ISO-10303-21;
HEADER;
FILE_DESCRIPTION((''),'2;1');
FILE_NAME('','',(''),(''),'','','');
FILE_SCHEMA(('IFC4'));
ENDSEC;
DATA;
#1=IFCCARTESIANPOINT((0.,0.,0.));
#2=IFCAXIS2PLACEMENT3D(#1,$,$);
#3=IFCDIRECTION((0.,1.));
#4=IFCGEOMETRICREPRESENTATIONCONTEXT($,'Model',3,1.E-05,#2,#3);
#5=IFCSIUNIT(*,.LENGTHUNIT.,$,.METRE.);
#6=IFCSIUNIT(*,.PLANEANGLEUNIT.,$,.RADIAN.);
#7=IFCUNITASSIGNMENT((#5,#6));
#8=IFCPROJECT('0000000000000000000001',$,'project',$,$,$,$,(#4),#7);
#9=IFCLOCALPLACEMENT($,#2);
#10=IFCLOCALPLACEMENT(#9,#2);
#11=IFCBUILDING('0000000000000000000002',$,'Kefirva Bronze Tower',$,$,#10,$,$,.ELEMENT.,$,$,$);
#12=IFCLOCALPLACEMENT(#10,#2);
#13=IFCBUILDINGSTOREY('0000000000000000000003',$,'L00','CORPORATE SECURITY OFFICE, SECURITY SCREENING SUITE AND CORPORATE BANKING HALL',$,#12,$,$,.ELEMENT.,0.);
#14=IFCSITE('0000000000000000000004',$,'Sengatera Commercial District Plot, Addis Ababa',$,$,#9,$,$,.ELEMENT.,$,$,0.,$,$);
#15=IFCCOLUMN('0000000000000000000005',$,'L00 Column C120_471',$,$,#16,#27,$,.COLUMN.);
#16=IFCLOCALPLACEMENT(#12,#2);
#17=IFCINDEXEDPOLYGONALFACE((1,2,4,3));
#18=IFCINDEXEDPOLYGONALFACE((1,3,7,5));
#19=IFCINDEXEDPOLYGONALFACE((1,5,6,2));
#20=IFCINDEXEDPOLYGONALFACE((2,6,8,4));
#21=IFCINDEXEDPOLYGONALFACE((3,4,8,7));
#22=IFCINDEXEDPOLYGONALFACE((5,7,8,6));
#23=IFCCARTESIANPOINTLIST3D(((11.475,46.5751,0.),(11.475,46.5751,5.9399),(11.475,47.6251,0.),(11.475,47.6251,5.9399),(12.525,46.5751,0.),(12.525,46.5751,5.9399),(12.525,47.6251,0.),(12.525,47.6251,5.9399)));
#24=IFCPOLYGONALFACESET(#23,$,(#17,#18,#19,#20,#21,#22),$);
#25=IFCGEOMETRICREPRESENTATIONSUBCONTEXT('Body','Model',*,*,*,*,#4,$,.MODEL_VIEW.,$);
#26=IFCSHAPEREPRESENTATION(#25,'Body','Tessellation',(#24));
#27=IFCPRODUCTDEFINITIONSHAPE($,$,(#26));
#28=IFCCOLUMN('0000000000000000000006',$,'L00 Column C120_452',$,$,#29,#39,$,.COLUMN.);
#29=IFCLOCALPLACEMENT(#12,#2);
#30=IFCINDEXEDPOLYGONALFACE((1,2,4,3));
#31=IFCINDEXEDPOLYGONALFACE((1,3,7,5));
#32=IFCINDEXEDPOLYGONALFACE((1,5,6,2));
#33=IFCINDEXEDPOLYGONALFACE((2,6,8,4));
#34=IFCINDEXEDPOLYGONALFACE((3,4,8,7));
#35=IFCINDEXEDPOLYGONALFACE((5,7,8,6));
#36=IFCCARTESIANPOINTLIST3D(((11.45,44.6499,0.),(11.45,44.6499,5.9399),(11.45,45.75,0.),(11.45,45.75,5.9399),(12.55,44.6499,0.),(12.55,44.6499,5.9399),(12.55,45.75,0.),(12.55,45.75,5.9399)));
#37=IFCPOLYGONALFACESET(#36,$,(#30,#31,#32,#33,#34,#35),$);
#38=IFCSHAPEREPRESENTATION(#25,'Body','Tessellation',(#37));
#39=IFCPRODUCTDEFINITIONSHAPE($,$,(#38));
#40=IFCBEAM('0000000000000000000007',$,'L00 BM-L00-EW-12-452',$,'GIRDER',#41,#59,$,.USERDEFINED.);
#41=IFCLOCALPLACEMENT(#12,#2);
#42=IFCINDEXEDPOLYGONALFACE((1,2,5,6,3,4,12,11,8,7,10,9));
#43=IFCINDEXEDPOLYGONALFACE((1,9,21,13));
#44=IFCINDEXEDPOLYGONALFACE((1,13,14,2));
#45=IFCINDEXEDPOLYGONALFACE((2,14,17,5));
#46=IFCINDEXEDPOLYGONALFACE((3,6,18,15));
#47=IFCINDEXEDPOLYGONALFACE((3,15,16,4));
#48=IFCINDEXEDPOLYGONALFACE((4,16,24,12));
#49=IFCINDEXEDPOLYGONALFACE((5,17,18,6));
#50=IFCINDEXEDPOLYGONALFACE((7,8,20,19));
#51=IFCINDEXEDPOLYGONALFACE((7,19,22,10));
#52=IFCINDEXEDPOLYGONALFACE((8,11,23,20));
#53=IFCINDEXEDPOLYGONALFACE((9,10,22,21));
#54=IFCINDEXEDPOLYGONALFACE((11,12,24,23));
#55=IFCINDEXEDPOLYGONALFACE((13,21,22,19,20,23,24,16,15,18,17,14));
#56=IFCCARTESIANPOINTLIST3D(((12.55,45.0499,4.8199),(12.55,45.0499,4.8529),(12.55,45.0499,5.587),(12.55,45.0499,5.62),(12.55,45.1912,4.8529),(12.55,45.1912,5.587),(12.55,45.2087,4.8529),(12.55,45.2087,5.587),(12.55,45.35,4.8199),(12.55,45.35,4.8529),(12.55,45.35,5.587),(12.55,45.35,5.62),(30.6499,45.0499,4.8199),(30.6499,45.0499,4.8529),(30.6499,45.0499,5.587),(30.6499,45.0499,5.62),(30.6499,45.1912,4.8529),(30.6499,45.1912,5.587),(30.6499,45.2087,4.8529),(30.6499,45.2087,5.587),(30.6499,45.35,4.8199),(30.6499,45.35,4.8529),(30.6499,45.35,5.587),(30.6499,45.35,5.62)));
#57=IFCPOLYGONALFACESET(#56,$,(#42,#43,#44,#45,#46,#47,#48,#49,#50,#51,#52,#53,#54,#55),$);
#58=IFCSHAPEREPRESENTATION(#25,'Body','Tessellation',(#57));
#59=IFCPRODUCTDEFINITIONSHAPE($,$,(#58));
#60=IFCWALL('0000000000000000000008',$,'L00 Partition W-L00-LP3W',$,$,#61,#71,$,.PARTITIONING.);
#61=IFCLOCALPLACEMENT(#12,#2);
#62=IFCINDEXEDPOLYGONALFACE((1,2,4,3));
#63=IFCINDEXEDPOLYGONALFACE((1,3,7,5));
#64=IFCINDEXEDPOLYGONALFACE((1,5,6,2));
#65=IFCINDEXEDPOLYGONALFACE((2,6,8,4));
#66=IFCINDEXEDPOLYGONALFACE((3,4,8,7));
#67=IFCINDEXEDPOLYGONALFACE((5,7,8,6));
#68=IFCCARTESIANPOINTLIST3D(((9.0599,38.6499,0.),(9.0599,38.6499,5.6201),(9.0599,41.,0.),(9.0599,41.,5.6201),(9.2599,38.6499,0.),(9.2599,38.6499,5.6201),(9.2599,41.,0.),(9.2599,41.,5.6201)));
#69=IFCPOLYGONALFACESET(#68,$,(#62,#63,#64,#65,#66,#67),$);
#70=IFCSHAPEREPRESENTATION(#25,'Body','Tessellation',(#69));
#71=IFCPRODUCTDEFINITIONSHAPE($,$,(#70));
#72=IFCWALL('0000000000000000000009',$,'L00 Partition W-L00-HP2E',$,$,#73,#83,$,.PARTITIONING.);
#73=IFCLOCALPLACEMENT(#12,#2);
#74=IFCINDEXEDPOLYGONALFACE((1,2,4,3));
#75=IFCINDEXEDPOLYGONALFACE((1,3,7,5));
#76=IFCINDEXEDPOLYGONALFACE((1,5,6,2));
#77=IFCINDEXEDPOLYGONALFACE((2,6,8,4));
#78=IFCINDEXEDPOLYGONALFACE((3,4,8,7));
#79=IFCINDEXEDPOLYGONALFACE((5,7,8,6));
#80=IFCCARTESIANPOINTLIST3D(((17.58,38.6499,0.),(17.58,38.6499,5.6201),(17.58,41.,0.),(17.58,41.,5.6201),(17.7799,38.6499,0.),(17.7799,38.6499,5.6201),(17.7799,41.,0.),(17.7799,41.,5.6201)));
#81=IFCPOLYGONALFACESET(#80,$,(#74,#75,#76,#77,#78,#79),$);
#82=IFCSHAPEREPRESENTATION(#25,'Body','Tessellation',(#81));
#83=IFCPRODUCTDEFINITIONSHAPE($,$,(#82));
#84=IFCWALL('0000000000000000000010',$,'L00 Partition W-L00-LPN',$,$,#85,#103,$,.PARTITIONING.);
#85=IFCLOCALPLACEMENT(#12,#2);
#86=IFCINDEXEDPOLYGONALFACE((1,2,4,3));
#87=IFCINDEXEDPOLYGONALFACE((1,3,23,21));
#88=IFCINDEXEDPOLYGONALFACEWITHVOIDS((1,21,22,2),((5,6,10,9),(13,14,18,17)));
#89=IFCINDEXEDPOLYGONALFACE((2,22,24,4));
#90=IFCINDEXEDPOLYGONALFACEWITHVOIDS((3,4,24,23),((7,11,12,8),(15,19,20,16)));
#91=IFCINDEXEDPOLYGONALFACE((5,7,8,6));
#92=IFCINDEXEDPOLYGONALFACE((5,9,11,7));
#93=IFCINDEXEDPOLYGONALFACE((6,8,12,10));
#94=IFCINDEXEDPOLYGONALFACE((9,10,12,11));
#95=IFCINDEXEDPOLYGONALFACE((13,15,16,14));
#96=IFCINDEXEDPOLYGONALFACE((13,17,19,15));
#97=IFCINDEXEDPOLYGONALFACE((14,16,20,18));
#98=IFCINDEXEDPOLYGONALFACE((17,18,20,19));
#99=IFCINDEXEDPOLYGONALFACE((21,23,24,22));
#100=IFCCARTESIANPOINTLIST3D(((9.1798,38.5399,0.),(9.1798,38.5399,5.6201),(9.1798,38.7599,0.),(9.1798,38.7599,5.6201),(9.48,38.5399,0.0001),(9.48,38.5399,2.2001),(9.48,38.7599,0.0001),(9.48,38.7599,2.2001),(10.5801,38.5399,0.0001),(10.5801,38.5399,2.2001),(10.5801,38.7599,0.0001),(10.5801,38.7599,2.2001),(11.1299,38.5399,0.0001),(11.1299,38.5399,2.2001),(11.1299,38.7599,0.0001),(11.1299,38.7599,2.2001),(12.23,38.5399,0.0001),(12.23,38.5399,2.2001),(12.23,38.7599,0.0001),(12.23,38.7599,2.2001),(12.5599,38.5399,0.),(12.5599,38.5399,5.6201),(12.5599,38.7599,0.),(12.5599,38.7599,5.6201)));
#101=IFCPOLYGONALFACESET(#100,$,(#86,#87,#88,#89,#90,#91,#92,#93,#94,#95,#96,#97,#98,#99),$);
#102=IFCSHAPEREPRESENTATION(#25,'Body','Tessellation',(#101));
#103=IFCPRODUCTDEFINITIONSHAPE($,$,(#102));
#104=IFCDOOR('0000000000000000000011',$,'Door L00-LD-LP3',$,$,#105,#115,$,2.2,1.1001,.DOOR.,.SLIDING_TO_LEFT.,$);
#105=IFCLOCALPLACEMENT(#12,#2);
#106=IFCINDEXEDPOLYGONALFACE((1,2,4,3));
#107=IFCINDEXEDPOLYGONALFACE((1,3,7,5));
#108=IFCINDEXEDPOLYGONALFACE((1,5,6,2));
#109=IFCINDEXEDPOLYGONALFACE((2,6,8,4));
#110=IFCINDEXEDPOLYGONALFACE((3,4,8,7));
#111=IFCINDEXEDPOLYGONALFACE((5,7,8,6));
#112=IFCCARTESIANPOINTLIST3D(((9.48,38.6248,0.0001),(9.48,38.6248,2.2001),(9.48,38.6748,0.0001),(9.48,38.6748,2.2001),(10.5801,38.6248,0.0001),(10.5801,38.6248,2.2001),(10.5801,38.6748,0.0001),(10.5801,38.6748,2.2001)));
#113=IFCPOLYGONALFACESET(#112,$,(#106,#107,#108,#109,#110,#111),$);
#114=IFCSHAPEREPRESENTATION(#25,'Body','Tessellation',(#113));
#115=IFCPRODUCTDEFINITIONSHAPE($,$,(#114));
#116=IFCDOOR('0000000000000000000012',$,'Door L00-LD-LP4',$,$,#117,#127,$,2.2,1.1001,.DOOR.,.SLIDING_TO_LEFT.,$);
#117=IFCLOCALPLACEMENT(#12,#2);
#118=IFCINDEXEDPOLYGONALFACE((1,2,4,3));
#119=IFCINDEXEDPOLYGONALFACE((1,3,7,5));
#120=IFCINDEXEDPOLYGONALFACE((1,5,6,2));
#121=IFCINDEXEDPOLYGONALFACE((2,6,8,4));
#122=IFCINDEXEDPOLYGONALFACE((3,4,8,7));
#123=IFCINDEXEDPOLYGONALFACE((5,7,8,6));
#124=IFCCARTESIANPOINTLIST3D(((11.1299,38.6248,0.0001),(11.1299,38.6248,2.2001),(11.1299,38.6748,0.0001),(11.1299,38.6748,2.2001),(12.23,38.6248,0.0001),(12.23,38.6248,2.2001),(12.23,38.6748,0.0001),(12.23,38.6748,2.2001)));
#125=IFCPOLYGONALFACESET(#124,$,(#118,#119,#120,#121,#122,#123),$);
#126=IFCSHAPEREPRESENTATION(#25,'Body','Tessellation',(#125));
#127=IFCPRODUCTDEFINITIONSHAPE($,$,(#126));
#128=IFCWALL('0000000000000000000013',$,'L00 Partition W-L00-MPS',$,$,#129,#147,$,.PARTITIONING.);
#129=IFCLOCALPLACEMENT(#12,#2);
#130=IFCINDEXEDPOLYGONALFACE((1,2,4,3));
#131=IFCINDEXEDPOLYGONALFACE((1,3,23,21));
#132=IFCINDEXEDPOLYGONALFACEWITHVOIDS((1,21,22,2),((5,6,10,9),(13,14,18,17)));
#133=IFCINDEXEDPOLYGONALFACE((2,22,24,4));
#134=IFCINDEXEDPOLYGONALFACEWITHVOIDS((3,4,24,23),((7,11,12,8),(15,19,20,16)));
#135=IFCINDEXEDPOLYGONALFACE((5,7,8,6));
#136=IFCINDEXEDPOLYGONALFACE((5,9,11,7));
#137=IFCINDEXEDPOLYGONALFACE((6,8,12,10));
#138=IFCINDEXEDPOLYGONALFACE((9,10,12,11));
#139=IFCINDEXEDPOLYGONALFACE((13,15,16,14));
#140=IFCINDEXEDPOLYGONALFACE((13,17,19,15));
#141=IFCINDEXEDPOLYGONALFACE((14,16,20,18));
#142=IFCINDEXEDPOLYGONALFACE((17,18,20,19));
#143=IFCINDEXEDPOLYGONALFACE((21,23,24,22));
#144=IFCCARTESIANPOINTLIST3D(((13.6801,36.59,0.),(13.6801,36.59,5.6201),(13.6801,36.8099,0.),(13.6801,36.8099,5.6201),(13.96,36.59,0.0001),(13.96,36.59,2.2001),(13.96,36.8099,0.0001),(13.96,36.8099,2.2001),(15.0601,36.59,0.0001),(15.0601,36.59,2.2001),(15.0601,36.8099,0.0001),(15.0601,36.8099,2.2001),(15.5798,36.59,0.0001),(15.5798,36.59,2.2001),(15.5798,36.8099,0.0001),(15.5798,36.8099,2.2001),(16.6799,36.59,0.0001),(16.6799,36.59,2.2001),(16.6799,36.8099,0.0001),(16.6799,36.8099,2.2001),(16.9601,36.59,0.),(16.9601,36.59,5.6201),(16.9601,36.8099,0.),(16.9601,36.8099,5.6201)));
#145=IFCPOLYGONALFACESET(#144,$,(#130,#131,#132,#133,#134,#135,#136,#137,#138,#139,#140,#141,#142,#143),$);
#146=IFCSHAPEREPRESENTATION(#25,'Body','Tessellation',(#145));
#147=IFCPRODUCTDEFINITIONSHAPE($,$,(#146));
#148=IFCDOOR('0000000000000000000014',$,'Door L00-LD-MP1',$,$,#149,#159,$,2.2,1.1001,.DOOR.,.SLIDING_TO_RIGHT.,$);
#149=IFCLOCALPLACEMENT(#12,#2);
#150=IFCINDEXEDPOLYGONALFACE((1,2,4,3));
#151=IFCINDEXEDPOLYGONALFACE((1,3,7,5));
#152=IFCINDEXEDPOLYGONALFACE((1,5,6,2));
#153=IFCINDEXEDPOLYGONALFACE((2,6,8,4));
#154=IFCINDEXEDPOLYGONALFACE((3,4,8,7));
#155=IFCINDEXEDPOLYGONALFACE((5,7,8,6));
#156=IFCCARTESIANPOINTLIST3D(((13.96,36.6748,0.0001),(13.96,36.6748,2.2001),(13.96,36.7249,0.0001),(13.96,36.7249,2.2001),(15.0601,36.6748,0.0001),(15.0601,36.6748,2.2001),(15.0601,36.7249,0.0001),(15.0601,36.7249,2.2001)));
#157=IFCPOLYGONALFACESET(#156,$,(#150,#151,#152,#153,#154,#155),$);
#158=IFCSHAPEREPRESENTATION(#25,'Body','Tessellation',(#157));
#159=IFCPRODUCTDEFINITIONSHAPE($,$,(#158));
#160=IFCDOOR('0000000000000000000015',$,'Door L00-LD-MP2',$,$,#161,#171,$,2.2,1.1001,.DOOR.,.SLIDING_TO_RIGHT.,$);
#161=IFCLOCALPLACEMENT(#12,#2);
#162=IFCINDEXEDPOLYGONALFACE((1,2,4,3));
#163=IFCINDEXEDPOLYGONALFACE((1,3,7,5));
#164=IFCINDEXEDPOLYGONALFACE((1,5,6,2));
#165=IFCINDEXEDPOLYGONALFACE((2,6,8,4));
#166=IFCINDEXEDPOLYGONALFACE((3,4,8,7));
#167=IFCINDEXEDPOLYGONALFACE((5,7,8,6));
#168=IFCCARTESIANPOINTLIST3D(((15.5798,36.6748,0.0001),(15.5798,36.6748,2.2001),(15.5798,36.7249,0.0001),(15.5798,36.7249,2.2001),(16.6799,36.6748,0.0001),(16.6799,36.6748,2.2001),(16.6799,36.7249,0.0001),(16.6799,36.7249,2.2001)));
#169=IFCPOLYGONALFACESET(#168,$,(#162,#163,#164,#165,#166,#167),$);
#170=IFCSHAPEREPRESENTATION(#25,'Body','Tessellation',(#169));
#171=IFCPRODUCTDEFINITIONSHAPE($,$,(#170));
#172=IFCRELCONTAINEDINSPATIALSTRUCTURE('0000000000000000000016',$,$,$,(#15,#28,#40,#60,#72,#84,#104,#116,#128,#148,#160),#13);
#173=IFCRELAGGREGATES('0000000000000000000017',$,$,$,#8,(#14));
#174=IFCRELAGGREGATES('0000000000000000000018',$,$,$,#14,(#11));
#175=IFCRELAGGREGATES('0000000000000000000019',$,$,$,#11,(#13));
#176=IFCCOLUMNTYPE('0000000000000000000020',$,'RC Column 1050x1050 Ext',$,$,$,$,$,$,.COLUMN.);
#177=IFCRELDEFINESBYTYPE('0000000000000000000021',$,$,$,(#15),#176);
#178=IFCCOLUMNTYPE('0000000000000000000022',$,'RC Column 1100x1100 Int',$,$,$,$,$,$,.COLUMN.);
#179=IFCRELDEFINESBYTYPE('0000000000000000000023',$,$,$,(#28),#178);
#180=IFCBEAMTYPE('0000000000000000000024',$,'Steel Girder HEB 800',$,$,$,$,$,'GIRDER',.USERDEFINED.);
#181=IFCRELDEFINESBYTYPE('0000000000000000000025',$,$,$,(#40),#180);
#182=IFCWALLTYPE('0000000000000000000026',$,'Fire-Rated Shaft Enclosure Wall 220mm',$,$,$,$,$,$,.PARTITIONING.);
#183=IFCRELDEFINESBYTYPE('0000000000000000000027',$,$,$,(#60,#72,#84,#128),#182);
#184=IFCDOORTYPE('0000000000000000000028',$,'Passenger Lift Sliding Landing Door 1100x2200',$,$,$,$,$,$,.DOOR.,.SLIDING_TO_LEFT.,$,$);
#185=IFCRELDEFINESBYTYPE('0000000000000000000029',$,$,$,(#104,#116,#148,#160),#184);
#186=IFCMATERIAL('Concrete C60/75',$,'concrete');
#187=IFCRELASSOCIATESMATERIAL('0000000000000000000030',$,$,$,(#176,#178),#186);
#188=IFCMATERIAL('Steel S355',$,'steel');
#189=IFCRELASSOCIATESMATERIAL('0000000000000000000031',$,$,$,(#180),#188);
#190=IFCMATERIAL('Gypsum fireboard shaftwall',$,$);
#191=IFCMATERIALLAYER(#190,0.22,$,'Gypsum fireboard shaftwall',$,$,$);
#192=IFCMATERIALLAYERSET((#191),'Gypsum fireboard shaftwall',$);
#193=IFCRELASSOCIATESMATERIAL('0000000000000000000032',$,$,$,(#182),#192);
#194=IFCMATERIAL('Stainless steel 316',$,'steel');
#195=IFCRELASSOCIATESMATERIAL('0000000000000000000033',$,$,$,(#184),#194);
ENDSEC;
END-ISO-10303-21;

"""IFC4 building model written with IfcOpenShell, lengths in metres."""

from ifc_helpers import new_model, si_unit, direction, frame, frame_2d, origin, origin_2d, place, context, subcontext, project, spatial, rectangle, i_section, extrude, material, layer, layer_set, material_profile, profile_set, type_object, element, fill, save


model = new_model("IFC4")

# Units and contexts
model_context = context("Model", 3, precision=1e-05, world=origin(), true_north=direction((0.0, 1.0)))
body_context = subcontext(model_context, "Body", "Model", "MODEL_VIEW")
ifc_project = project(units=[si_unit("LENGTHUNIT", "METRE"), si_unit("PLANEANGLEUNIT", "RADIAN")], contexts=[model_context])

# Site, building, storey
site_placement = place(None, origin())
site = spatial("IfcSite", under=ifc_project, at=site_placement, Name="Sengatera Commercial District Plot, Addis Ababa", CompositionType="ELEMENT", RefElevation=0.0)
building_placement = place(site_placement, origin())
building = spatial("IfcBuilding", under=site, at=building_placement, Name="Kefirva Bronze Tower", CompositionType="ELEMENT")
storey_placement = place(building_placement, origin())
storey = spatial("IfcBuildingStorey", under=building, at=storey_placement, Name="L00", Description="CORPORATE SECURITY OFFICE, SECURITY SCREENING SUITE AND CORPORATE BANKING HALL", CompositionType="ELEMENT", Elevation=0.0)

# Columns
ifc_material_1 = material(Name="Concrete C60/75", Category="concrete")
ifc_material_profile_1 = material_profile(ifc_material_1, rectangle(XDim=1.05, YDim=1.05, at=origin_2d()), Name="RC 1050x1050")
ifc_profile_set_1 = profile_set([ifc_material_profile_1], Name="Concrete C60/75")
column_type_1 = type_object("IfcColumnType", Name="RC Column 1050x1050 Ext", PredefinedType="COLUMN", material=ifc_profile_set_1)
column_1_placement = place(storey_placement, frame((12.0, 47.1001, 0.0), z_axis=(0.0, 0.0, 1.0), x_axis=(1.0, 0.0, 0.0)))
element("IfcColumn", 1, at=column_1_placement, inside=storey, type_object=column_type_1, Name="L00 Column C120_471", PredefinedType="COLUMN", context=body_context, shape_type="SweptSolid", body=[
    extrude(rectangle(XDim=1.05, YDim=1.05, at=origin_2d()), origin(), (0.0, 0.0, 1.0), 5.9399),
])
ifc_material_profile_2 = material_profile(ifc_material_1, rectangle(XDim=1.1001, YDim=1.1001, at=origin_2d()), Name="RC 1100x1100")
ifc_profile_set_2 = profile_set([ifc_material_profile_2], Name="Concrete C60/75")
column_type_2 = type_object("IfcColumnType", Name="RC Column 1100x1100 Int", PredefinedType="COLUMN", material=ifc_profile_set_2)
column_2_placement = place(storey_placement, frame((12.0, 45.2, 0.0), z_axis=(0.0, 0.0, 1.0), x_axis=(1.0, 0.0, 0.0)))
element("IfcColumn", 2, at=column_2_placement, inside=storey, type_object=column_type_2, Name="L00 Column C120_452", PredefinedType="COLUMN", context=body_context, shape_type="SweptSolid", body=[
    extrude(rectangle(XDim=1.1001, YDim=1.1001, at=origin_2d()), origin(), (0.0, 0.0, 1.0), 5.9399),
])

# Beam
ifc_material_2 = material(Name="Steel S355", Category="steel")
ifc_material_profile_3 = material_profile(ifc_material_2, i_section(OverallWidth=0.3, OverallDepth=0.8, WebThickness=0.0176, FlangeThickness=0.033, at=origin_2d()), Name="HEB 800")
ifc_profile_set_3 = profile_set([ifc_material_profile_3], Name="Steel S355")
beam_type = type_object("IfcBeamType", Name="Steel Girder HEB 800", ElementType="GIRDER", PredefinedType="USERDEFINED", material=ifc_profile_set_3)
beam_placement = place(storey_placement, frame((12.55, 45.2, 5.22), z_axis=(1.0, 0.0, 0.0), x_axis=(0.0, 1.0, 0.0)))
element("IfcBeam", 3, at=beam_placement, inside=storey, type_object=beam_type, Name="L00 BM-L00-EW-12-452", ObjectType="GIRDER", PredefinedType="USERDEFINED", context=body_context, shape_type="SweptSolid", body=[
    extrude(i_section(OverallWidth=0.3, OverallDepth=0.8, WebThickness=0.0176, FlangeThickness=0.033, at=origin_2d()), origin(), (0.0, 0.0, 1.0), 18.0999),
])

# Walls
ifc_material_3 = material(Name="Gypsum fireboard shaftwall")
ifc_layer_1 = layer(ifc_material_3, 0.22, Name="Gypsum fireboard shaftwall")
ifc_layer_set_1 = layer_set([ifc_layer_1], Name="Gypsum fireboard shaftwall")
wall_type_1 = type_object("IfcWallType", Name="Fire-Rated Shaft Enclosure Wall 220mm", PredefinedType="PARTITIONING", material=ifc_layer_set_1)
for number, where, z_axis, x_axis, name in (
    (4, (9.1599, 38.6499, 0.0), (0.0, 0.0, 1.0), (0.0, 1.0, 0.0), "L00 Partition W-L00-LP3W"),
    (5, (17.6799, 38.6499, 0.0), (0.0, 0.0, 1.0), (0.0, 1.0, 0.0), "L00 Partition W-L00-HP2E"),
):
    element("IfcWall", number, at=place(storey_placement, frame(where, z_axis=z_axis, x_axis=x_axis)), inside=storey, type_object=wall_type_1, Name=name, PredefinedType="PARTITIONING", context=body_context, shape_type="SweptSolid", body=[
        extrude(rectangle(XDim=2.3501, YDim=0.2, at=frame_2d((1.175, 0.0))), origin(), (0.0, 0.0, 1.0), 5.6201),
    ])

# Walls, openings, doors
wall_1_placement = place(storey_placement, frame((9.1799, 38.6499, 0.0), z_axis=(0.0, 0.0, 1.0), x_axis=(1.0, 0.0, 0.0)))
wall_1 = element("IfcWall", 6, at=wall_1_placement, inside=storey, type_object=wall_type_1, Name="L00 Partition W-L00-LPN", PredefinedType="PARTITIONING", context=body_context, shape_type="SweptSolid", body=[
    extrude(rectangle(XDim=3.3801, YDim=0.22, at=frame_2d((1.6899, 0.0))), origin(), (0.0, 0.0, 1.0), 5.6201),
])
opening_1_placement = place(wall_1_placement, frame((0.3, 0.0, 0.0)))
opening_1 = element("IfcOpeningElement", 7, at=opening_1_placement, cuts=wall_1, PredefinedType="OPENING", context=body_context, shape_type="SweptSolid", body=[
    extrude(rectangle(XDim=1.1001, YDim=2.2, at=frame_2d((0.55, 1.1001))), frame((0.0, 0.1201, 0.0), z_axis=(0.0, -1.0, 0.0), x_axis=(1.0, 0.0, 0.0)), (0.0, 0.0, 1.0), 0.24),
])
opening_2_placement = place(wall_1_placement, frame((1.95, 0.0, 0.0)))
opening_2 = element("IfcOpeningElement", 8, at=opening_2_placement, cuts=wall_1, PredefinedType="OPENING", context=body_context, shape_type="SweptSolid", body=[
    extrude(rectangle(XDim=1.1001, YDim=2.2, at=frame_2d((0.55, 1.1001))), frame((0.0, 0.1201, 0.0), z_axis=(0.0, -1.0, 0.0), x_axis=(1.0, 0.0, 0.0)), (0.0, 0.0, 1.0), 0.24),
])
ifc_material_4 = material(Name="Stainless steel 316", Category="steel")
door_type_1 = type_object("IfcDoorType", Name="Passenger Lift Sliding Landing Door 1100x2200", OperationType="SLIDING_TO_LEFT", PredefinedType="DOOR", material=ifc_material_4)
door_1_placement = place(opening_1_placement, origin())
door_1 = element("IfcDoor", 9, at=door_1_placement, inside=storey, type_object=door_type_1, Name="Door L00-LD-LP3", OperationType="SLIDING_TO_LEFT", OverallHeight=2.2, OverallWidth=1.1001, PredefinedType="DOOR", context=body_context, shape_type="SweptSolid", body=[
    extrude(rectangle(XDim=1.1001, YDim=2.2, at=frame_2d((0.55, 1.1001))), frame((0.0, 0.0249, 0.0), z_axis=(0.0, -1.0, 0.0), x_axis=(1.0, 0.0, 0.0)), (0.0, 0.0, 1.0), 0.05),
])
fill(opening_1, door_1)
door_2_placement = place(opening_2_placement, origin())
door_2 = element("IfcDoor", 10, at=door_2_placement, inside=storey, type_object=door_type_1, Name="Door L00-LD-LP4", OperationType="SLIDING_TO_LEFT", OverallHeight=2.2, OverallWidth=1.1001, PredefinedType="DOOR", context=body_context, shape_type="SweptSolid", body=[
    extrude(rectangle(XDim=1.1001, YDim=2.2, at=frame_2d((0.55, 1.1001))), frame((0.0, 0.0249, 0.0), z_axis=(0.0, -1.0, 0.0), x_axis=(1.0, 0.0, 0.0)), (0.0, 0.0, 1.0), 0.05),
])
fill(opening_2, door_2)
wall_2_placement = place(storey_placement, frame((13.6799, 36.7, 0.0), z_axis=(0.0, 0.0, 1.0), x_axis=(1.0, 0.0, 0.0)))
wall_2 = element("IfcWall", 11, at=wall_2_placement, inside=storey, type_object=wall_type_1, Name="L00 Partition W-L00-MPS", PredefinedType="PARTITIONING", context=body_context, shape_type="SweptSolid", body=[
    extrude(rectangle(XDim=3.28, YDim=0.22, at=frame_2d((1.6401, 0.0))), origin(), (0.0, 0.0, 1.0), 5.6201),
])
opening_3_placement = place(wall_2_placement, frame((0.28, 0.0, 0.0)))
opening_3 = element("IfcOpeningElement", 12, at=opening_3_placement, cuts=wall_2, PredefinedType="OPENING", context=body_context, shape_type="SweptSolid", body=[
    extrude(rectangle(XDim=1.1001, YDim=2.2, at=frame_2d((0.55, 1.1001))), frame((0.0, 0.1201, 0.0), z_axis=(0.0, -1.0, 0.0), x_axis=(1.0, 0.0, 0.0)), (0.0, 0.0, 1.0), 0.24),
])
opening_4_placement = place(wall_2_placement, frame((1.8999, 0.0, 0.0)))
opening_4 = element("IfcOpeningElement", 13, at=opening_4_placement, cuts=wall_2, PredefinedType="OPENING", context=body_context, shape_type="SweptSolid", body=[
    extrude(rectangle(XDim=1.1001, YDim=2.2, at=frame_2d((0.55, 1.1001))), frame((0.0, 0.1201, 0.0), z_axis=(0.0, -1.0, 0.0), x_axis=(1.0, 0.0, 0.0)), (0.0, 0.0, 1.0), 0.24),
])
door_3_placement = place(opening_3_placement, origin())
door_3 = element("IfcDoor", 14, at=door_3_placement, inside=storey, type_object=door_type_1, Name="Door L00-LD-MP1", OperationType="SLIDING_TO_RIGHT", OverallHeight=2.2, OverallWidth=1.1001, PredefinedType="DOOR", context=body_context, shape_type="SweptSolid", body=[
    extrude(rectangle(XDim=1.1001, YDim=2.2, at=frame_2d((0.55, 1.1001))), frame((0.0, 0.0249, 0.0), z_axis=(0.0, -1.0, 0.0), x_axis=(1.0, 0.0, 0.0)), (0.0, 0.0, 1.0), 0.05),
])
fill(opening_3, door_3)
door_4_placement = place(opening_4_placement, origin())
door_4 = element("IfcDoor", 15, at=door_4_placement, inside=storey, type_object=door_type_1, Name="Door L00-LD-MP2", OperationType="SLIDING_TO_RIGHT", OverallHeight=2.2, OverallWidth=1.1001, PredefinedType="DOOR", context=body_context, shape_type="SweptSolid", body=[
    extrude(rectangle(XDim=1.1001, YDim=2.2, at=frame_2d((0.55, 1.1001))), frame((0.0, 0.0249, 0.0), z_axis=(0.0, -1.0, 0.0), x_axis=(1.0, 0.0, 0.0)), (0.0, 0.0, 1.0), 0.05),
])
fill(opening_4, door_4)

save(model, "model.ifc")
